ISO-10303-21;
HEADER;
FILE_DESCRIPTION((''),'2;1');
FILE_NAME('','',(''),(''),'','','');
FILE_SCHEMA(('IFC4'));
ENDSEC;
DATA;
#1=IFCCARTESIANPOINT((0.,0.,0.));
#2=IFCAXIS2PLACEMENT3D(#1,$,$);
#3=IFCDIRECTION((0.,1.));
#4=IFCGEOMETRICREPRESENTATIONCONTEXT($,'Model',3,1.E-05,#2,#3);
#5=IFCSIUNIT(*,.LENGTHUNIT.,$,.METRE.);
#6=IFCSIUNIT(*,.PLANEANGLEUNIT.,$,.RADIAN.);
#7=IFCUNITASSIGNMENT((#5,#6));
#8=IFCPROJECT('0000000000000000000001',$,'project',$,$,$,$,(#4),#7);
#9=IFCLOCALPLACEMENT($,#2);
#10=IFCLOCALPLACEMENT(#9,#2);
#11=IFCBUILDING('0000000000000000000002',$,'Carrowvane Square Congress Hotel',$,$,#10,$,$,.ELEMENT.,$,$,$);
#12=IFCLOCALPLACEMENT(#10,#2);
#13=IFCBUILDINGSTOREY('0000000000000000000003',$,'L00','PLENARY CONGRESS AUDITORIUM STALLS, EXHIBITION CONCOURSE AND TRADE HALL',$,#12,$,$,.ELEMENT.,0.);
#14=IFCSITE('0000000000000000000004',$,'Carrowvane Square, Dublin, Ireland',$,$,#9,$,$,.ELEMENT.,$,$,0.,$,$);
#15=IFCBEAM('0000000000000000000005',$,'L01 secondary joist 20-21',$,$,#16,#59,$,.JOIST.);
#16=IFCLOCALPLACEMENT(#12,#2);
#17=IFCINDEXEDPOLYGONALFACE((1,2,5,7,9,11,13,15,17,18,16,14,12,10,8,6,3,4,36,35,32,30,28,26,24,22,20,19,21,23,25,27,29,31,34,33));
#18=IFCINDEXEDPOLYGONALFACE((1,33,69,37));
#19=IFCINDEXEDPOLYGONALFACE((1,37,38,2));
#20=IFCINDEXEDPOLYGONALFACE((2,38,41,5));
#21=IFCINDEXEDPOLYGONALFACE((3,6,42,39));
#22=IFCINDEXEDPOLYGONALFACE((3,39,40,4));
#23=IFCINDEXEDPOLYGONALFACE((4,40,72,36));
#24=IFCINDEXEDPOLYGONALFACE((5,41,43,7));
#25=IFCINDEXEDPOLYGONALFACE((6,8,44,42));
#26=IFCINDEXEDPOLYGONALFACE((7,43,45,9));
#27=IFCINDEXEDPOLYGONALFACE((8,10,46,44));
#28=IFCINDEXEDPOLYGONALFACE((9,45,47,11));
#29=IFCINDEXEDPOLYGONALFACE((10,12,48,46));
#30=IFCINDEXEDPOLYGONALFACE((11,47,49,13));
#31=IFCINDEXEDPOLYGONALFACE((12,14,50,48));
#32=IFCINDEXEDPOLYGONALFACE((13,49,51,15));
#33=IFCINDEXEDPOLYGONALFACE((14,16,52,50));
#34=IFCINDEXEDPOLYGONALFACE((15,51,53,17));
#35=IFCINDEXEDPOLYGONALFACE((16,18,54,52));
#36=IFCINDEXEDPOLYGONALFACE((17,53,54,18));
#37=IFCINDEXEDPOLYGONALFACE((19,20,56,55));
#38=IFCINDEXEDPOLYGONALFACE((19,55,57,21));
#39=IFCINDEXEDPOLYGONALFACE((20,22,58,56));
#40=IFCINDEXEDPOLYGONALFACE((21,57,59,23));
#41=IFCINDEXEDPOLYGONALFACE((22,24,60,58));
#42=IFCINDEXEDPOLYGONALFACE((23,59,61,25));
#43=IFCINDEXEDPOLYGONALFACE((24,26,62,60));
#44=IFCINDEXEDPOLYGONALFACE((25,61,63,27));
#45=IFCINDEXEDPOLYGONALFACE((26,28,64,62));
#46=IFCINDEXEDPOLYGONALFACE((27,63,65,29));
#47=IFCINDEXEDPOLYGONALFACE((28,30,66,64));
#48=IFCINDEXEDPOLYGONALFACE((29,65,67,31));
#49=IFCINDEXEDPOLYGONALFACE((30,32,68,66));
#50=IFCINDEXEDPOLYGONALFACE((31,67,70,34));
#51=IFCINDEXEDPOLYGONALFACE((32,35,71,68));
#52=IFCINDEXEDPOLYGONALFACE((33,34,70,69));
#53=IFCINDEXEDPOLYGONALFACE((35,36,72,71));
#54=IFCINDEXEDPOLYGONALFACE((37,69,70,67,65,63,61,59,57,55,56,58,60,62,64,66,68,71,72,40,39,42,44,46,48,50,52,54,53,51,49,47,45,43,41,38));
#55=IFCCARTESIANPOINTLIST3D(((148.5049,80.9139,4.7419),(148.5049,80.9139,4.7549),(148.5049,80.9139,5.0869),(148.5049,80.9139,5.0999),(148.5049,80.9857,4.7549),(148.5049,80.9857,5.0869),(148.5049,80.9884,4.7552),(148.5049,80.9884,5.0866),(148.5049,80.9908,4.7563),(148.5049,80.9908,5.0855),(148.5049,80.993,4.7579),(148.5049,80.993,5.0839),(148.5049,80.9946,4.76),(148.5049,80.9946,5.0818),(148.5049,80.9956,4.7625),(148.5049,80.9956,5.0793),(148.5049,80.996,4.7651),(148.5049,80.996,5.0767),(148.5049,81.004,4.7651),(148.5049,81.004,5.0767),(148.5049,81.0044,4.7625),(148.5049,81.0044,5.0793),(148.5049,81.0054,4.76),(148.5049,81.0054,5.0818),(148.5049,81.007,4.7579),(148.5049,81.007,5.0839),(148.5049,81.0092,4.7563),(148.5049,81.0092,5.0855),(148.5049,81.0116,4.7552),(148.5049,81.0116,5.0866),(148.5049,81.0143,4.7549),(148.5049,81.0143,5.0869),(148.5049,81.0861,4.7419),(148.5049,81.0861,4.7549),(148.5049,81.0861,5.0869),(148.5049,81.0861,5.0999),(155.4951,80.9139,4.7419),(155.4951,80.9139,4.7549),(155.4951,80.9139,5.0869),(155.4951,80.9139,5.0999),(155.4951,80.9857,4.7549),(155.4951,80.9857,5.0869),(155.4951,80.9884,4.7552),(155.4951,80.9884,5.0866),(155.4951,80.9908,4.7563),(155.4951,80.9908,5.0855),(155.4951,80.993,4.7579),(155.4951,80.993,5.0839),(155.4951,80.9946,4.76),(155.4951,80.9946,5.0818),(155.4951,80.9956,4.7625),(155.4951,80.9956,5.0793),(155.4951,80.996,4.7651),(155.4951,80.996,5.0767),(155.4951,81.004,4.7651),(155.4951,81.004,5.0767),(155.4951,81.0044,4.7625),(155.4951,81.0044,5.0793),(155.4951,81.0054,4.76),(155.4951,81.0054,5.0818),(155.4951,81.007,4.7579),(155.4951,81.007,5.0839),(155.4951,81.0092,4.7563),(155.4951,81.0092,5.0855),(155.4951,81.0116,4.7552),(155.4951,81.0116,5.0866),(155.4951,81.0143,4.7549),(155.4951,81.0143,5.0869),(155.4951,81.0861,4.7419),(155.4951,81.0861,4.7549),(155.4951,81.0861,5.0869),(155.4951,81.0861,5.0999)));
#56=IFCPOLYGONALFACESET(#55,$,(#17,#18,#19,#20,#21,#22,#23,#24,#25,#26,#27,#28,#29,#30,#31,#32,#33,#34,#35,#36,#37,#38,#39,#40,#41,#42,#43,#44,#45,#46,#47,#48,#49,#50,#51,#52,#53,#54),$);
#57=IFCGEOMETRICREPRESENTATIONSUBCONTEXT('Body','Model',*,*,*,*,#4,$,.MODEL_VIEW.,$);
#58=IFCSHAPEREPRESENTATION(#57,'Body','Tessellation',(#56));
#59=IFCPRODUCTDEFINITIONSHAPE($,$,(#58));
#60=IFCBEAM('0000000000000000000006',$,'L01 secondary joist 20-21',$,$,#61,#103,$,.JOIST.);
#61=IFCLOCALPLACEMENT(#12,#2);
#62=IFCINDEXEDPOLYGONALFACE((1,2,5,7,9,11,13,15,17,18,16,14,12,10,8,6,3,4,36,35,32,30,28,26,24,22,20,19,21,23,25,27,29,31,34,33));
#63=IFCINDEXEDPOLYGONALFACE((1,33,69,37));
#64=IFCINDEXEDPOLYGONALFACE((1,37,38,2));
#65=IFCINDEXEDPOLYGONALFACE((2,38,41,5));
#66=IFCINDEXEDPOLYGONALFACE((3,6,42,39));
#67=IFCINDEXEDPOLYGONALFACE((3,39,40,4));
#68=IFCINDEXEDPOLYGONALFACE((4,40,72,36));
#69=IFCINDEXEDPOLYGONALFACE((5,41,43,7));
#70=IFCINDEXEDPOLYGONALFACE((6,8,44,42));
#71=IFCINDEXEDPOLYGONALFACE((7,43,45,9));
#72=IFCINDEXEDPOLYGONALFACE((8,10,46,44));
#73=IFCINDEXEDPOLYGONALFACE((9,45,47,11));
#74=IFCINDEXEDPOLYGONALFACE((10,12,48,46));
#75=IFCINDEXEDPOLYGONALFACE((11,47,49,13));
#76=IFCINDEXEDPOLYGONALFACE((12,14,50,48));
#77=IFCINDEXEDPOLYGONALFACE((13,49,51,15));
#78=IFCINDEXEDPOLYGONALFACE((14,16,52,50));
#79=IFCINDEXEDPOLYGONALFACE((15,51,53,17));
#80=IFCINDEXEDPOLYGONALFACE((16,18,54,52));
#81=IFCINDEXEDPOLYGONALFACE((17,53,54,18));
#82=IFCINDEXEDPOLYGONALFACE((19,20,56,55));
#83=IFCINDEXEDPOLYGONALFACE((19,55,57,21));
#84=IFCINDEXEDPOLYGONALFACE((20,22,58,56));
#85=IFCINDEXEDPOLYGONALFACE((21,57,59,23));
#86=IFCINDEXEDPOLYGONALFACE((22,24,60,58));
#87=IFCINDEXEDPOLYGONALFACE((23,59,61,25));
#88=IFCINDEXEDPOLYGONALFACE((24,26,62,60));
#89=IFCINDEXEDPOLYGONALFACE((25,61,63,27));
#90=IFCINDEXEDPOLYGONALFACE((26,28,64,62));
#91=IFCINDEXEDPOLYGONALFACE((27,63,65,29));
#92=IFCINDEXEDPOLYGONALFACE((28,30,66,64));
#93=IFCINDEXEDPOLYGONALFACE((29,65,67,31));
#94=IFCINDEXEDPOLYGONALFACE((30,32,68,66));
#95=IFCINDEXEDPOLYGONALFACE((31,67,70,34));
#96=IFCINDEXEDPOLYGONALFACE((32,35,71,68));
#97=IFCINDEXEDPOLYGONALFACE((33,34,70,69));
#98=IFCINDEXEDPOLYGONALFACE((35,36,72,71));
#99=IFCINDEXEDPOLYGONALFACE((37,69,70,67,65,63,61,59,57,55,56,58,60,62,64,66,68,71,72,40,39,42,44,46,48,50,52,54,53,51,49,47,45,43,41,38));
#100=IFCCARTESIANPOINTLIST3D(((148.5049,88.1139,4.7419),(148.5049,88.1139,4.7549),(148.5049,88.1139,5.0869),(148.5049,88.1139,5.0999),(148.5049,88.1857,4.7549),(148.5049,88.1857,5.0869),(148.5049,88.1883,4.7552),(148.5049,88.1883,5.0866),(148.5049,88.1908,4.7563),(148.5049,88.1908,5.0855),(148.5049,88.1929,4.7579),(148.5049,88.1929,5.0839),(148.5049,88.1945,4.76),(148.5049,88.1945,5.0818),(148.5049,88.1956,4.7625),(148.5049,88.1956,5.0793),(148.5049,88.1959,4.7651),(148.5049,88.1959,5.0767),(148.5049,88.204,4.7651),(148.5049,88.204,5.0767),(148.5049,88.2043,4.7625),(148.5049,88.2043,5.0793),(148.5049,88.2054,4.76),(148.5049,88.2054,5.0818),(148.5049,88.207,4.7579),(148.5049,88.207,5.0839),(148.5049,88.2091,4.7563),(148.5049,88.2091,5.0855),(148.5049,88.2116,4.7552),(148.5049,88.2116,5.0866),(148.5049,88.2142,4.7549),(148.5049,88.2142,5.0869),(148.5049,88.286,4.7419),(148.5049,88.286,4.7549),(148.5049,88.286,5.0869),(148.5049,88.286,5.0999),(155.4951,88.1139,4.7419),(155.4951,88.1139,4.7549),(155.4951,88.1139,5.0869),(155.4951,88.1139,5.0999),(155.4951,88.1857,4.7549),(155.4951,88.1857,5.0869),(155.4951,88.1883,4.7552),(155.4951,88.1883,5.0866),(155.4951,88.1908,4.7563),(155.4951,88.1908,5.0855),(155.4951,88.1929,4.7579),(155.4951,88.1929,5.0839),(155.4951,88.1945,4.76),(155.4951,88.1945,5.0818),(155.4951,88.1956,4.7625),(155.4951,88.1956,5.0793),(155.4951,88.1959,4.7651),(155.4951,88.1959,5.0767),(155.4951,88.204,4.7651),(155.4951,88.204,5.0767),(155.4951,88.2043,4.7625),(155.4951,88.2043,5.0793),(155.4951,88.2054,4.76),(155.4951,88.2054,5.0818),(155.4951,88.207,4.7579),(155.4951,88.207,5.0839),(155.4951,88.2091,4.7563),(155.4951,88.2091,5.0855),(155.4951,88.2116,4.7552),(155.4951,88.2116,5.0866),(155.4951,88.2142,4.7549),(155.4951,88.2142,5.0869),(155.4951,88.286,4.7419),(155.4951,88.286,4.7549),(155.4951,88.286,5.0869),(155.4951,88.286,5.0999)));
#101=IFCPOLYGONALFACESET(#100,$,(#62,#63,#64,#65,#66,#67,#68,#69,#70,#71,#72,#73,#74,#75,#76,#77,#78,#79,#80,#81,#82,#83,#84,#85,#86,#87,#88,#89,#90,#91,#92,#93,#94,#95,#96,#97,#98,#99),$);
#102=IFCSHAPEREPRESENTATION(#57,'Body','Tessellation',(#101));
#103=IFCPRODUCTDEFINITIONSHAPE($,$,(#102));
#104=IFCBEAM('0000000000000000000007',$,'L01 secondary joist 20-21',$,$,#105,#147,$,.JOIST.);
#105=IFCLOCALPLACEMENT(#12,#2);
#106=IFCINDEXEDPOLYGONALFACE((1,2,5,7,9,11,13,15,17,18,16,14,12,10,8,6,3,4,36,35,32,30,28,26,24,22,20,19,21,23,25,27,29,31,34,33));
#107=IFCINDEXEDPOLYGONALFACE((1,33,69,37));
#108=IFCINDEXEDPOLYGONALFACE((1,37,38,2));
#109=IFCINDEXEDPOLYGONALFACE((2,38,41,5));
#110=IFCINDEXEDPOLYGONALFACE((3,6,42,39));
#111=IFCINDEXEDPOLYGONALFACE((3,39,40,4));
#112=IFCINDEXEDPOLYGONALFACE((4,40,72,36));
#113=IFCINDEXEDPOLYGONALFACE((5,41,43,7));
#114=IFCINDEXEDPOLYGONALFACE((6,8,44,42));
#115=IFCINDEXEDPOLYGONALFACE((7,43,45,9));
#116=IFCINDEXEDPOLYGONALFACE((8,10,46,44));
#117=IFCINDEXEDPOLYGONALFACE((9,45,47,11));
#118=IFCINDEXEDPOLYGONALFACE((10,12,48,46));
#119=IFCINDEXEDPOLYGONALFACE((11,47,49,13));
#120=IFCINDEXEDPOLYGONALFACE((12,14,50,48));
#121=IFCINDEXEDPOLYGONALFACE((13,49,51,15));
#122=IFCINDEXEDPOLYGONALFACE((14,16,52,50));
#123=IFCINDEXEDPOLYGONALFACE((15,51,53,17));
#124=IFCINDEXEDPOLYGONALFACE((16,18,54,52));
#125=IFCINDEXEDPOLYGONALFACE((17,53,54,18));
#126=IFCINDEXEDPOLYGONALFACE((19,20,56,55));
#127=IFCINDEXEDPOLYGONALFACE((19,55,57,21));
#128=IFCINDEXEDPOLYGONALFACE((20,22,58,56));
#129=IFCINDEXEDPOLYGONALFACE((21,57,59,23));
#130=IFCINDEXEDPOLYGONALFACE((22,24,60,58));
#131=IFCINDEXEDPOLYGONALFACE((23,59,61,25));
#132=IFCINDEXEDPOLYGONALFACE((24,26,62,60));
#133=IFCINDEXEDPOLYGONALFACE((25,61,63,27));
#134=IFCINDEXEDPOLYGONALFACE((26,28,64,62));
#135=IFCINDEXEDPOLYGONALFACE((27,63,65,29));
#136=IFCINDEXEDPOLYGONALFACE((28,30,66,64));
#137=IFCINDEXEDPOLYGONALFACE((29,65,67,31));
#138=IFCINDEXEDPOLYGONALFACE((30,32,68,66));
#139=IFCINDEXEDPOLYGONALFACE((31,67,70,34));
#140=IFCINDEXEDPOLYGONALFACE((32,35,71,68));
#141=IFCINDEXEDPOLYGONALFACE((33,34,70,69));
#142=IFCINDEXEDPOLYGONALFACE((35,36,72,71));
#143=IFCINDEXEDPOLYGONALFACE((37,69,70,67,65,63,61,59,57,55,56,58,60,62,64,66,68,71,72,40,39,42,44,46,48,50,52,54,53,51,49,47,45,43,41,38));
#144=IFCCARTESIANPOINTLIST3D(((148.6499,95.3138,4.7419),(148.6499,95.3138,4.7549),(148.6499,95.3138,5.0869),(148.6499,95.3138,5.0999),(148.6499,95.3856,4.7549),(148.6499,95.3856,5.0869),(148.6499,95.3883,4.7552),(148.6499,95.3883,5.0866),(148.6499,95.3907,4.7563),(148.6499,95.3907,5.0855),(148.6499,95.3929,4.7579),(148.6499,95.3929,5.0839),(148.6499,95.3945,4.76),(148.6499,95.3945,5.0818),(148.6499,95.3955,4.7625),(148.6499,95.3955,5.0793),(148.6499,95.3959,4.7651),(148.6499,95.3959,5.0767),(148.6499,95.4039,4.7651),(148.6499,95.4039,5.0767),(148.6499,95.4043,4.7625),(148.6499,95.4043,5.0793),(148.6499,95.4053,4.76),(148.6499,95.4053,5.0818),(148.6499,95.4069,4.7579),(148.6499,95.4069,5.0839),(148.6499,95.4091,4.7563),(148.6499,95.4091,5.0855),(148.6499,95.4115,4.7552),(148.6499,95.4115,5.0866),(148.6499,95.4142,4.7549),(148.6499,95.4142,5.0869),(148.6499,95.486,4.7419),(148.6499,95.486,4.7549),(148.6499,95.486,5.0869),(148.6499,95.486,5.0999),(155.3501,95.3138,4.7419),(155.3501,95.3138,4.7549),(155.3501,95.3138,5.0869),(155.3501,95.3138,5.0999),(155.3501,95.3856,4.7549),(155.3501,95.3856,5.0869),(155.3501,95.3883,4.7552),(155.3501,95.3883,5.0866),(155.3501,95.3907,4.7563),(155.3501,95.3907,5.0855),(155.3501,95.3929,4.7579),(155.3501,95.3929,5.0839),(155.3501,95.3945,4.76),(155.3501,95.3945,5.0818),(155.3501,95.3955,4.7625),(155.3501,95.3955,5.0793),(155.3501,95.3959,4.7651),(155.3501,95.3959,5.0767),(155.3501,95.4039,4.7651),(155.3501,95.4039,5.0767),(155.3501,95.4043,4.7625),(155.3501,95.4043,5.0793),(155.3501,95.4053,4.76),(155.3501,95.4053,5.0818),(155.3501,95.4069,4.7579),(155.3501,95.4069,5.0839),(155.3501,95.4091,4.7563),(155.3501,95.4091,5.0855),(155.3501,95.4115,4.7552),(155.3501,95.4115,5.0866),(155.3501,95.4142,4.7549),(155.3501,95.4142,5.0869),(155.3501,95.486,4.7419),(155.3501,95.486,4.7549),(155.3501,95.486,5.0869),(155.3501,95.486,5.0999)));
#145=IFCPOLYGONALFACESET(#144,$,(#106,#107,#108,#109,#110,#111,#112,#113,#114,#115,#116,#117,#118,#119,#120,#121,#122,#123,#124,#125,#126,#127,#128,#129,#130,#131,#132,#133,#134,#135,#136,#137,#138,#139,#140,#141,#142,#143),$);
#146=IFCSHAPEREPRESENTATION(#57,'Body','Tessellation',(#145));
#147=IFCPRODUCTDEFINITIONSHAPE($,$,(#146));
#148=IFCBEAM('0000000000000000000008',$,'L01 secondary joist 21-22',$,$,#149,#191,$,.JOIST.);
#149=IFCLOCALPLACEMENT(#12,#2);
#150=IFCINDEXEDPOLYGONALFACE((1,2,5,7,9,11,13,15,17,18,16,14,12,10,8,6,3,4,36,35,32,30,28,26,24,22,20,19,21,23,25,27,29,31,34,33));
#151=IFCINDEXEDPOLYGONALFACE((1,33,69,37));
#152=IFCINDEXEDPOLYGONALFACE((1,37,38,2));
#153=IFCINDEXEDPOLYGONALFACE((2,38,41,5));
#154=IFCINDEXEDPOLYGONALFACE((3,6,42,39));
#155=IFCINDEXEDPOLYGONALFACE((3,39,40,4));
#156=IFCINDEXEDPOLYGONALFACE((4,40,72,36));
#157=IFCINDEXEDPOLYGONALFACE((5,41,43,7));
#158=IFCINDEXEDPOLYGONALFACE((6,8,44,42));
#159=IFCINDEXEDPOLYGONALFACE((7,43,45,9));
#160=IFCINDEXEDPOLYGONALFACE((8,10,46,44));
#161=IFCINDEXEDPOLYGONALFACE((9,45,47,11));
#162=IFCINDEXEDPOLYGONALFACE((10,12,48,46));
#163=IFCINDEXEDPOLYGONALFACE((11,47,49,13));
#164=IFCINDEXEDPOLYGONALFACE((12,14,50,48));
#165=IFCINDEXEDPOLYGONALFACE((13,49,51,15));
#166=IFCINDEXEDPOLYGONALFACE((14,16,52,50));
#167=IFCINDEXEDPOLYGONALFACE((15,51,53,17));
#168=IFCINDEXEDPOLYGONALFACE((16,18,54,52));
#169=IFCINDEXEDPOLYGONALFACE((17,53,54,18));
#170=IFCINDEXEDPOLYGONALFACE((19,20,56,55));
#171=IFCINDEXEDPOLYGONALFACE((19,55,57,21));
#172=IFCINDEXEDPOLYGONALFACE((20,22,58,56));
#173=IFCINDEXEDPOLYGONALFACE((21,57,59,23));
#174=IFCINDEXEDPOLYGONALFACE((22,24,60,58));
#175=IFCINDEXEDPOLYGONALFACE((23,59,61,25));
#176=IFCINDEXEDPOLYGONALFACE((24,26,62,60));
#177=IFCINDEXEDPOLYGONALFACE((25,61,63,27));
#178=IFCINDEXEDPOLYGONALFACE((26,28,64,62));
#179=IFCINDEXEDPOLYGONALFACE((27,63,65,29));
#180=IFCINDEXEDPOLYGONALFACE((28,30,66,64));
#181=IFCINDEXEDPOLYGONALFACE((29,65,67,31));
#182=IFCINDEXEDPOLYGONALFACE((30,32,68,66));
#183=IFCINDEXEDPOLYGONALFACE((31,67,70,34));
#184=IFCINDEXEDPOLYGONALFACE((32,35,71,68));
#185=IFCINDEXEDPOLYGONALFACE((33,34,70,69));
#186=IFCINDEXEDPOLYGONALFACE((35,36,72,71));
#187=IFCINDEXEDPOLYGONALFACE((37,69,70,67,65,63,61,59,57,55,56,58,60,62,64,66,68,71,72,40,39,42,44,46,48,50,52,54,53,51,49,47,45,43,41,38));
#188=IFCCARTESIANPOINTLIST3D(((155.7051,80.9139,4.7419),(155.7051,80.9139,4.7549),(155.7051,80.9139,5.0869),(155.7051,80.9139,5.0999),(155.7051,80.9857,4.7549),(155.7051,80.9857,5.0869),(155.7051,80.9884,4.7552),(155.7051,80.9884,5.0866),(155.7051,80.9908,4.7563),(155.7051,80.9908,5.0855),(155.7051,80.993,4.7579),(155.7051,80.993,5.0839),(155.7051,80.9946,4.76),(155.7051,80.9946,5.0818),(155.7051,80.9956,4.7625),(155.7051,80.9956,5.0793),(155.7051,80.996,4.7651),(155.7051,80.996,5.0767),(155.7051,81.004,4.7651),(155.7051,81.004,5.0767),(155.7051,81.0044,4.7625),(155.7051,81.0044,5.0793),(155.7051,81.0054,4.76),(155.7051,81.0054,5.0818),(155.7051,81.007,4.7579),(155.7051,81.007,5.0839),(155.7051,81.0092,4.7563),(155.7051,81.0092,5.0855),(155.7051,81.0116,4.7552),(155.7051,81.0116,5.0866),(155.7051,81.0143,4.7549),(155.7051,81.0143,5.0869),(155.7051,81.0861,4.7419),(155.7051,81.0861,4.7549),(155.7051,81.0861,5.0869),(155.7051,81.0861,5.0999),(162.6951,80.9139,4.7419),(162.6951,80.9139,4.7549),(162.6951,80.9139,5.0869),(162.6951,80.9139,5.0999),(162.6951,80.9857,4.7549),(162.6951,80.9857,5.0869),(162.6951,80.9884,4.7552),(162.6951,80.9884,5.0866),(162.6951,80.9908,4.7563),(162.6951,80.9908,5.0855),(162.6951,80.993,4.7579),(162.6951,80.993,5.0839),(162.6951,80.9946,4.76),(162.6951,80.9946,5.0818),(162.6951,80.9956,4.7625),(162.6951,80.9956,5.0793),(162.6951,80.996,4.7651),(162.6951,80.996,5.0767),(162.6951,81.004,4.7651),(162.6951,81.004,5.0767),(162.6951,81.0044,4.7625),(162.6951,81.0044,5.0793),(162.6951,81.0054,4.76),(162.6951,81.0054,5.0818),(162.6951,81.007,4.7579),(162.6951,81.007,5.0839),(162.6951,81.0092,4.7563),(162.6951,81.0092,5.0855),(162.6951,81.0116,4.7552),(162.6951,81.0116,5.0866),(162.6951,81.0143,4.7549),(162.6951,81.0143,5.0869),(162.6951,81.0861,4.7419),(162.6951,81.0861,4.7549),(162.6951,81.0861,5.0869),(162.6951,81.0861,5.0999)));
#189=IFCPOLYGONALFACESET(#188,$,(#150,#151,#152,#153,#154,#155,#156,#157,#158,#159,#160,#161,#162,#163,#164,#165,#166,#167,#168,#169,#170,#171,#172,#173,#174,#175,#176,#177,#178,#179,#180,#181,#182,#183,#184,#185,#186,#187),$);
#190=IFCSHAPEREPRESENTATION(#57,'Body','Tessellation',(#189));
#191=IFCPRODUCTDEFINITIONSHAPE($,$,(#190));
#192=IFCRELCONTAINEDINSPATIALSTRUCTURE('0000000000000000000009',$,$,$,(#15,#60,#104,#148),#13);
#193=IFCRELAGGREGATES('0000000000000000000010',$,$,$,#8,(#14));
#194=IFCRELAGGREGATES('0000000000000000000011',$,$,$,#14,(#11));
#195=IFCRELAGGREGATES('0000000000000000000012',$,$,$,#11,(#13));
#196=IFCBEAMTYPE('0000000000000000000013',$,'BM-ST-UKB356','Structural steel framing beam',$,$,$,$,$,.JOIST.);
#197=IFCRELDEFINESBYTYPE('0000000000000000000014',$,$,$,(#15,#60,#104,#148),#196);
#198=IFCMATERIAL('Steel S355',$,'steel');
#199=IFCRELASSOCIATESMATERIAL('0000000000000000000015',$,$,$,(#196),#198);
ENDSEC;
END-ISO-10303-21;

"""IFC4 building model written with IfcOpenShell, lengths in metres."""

from ifc_helpers import new_model, si_unit, direction, frame, origin, origin_2d, place, context, subcontext, project, spatial, i_section, extrude, material, material_profile, profile_set, type_object, element, save


model = new_model("IFC4")

# Units and contexts
model_context = context("Model", 3, precision=1e-05, world=origin(), true_north=direction((0.0, 1.0)))
body_context = subcontext(model_context, "Body", "Model", "MODEL_VIEW")
ifc_project = project(units=[si_unit("LENGTHUNIT", "METRE"), si_unit("PLANEANGLEUNIT", "RADIAN")], contexts=[model_context])

# Site, building, storey
site_placement = place(None, origin())
site = spatial("IfcSite", under=ifc_project, at=site_placement, Name="Carrowvane Square, Dublin, Ireland", CompositionType="ELEMENT", RefElevation=0.0)
building_placement = place(site_placement, origin())
building = spatial("IfcBuilding", under=site, at=building_placement, Name="Carrowvane Square Congress Hotel", CompositionType="ELEMENT")
storey_placement = place(building_placement, origin())
storey = spatial("IfcBuildingStorey", under=building, at=storey_placement, Name="L00", Description="PLENARY CONGRESS AUDITORIUM STALLS, EXHIBITION CONCOURSE AND TRADE HALL", CompositionType="ELEMENT", Elevation=0.0)

# Beams
ifc_material_1 = material(Name="Steel S355", Category="steel")
ifc_material_profile_1 = material_profile(ifc_material_1, i_section(OverallWidth=0.1721, OverallDepth=0.3579, WebThickness=0.0081, FlangeThickness=0.0129, FilletRadius=0.0103, at=origin_2d()), Name="UKB 356x171x57")
ifc_profile_set_1 = profile_set([ifc_material_profile_1], Name="Steel S355")
beam_type_1 = type_object("IfcBeamType", Name="BM-ST-UKB356", Description="Structural steel framing beam", PredefinedType="JOIST", material=ifc_profile_set_1)
for number, where, z_axis, x_axis, name in (
    (1, (148.5049, 81.0, 4.9209), (1.0, 0.0, 0.0), (0.0, 1.0, 0.0), "L01 secondary joist 20-21"),
    (2, (148.5049, 88.2, 4.9209), (1.0, 0.0, 0.0), (0.0, 1.0, 0.0), "L01 secondary joist 20-21"),
):
    element("IfcBeam", number, at=place(storey_placement, frame(where, z_axis=z_axis, x_axis=x_axis)), inside=storey, type_object=beam_type_1, Name=name, PredefinedType="JOIST", context=body_context, shape_type="SweptSolid", body=[
        extrude(i_section(OverallWidth=0.1721, OverallDepth=0.3579, WebThickness=0.0081, FlangeThickness=0.0129, FilletRadius=0.0103, at=origin_2d()), origin(), (0.0, 0.0, 1.0), 6.9902),
    ])
beam_1_placement = place(storey_placement, frame((148.6499, 95.3999, 4.9209), z_axis=(1.0, 0.0, 0.0), x_axis=(0.0, 1.0, 0.0)))
element("IfcBeam", 3, at=beam_1_placement, inside=storey, type_object=beam_type_1, Name="L01 secondary joist 20-21", PredefinedType="JOIST", context=body_context, shape_type="SweptSolid", body=[
    extrude(i_section(OverallWidth=0.1721, OverallDepth=0.3579, WebThickness=0.0081, FlangeThickness=0.0129, FilletRadius=0.0103, at=origin_2d()), origin(), (0.0, 0.0, 1.0), 6.7002),
])
for number, where, z_axis, x_axis, name in (
    (4, (155.7051, 81.0, 4.9209), (1.0, 0.0, 0.0), (0.0, 1.0, 0.0), "L01 secondary joist 21-22"),
):
    element("IfcBeam", number, at=place(storey_placement, frame(where, z_axis=z_axis, x_axis=x_axis)), inside=storey, type_object=beam_type_1, Name=name, PredefinedType="JOIST", context=body_context, shape_type="SweptSolid", body=[
        extrude(i_section(OverallWidth=0.1721, OverallDepth=0.3579, WebThickness=0.0081, FlangeThickness=0.0129, FilletRadius=0.0103, at=origin_2d()), origin(), (0.0, 0.0, 1.0), 6.99),
    ])

save(model, "model.ifc")
